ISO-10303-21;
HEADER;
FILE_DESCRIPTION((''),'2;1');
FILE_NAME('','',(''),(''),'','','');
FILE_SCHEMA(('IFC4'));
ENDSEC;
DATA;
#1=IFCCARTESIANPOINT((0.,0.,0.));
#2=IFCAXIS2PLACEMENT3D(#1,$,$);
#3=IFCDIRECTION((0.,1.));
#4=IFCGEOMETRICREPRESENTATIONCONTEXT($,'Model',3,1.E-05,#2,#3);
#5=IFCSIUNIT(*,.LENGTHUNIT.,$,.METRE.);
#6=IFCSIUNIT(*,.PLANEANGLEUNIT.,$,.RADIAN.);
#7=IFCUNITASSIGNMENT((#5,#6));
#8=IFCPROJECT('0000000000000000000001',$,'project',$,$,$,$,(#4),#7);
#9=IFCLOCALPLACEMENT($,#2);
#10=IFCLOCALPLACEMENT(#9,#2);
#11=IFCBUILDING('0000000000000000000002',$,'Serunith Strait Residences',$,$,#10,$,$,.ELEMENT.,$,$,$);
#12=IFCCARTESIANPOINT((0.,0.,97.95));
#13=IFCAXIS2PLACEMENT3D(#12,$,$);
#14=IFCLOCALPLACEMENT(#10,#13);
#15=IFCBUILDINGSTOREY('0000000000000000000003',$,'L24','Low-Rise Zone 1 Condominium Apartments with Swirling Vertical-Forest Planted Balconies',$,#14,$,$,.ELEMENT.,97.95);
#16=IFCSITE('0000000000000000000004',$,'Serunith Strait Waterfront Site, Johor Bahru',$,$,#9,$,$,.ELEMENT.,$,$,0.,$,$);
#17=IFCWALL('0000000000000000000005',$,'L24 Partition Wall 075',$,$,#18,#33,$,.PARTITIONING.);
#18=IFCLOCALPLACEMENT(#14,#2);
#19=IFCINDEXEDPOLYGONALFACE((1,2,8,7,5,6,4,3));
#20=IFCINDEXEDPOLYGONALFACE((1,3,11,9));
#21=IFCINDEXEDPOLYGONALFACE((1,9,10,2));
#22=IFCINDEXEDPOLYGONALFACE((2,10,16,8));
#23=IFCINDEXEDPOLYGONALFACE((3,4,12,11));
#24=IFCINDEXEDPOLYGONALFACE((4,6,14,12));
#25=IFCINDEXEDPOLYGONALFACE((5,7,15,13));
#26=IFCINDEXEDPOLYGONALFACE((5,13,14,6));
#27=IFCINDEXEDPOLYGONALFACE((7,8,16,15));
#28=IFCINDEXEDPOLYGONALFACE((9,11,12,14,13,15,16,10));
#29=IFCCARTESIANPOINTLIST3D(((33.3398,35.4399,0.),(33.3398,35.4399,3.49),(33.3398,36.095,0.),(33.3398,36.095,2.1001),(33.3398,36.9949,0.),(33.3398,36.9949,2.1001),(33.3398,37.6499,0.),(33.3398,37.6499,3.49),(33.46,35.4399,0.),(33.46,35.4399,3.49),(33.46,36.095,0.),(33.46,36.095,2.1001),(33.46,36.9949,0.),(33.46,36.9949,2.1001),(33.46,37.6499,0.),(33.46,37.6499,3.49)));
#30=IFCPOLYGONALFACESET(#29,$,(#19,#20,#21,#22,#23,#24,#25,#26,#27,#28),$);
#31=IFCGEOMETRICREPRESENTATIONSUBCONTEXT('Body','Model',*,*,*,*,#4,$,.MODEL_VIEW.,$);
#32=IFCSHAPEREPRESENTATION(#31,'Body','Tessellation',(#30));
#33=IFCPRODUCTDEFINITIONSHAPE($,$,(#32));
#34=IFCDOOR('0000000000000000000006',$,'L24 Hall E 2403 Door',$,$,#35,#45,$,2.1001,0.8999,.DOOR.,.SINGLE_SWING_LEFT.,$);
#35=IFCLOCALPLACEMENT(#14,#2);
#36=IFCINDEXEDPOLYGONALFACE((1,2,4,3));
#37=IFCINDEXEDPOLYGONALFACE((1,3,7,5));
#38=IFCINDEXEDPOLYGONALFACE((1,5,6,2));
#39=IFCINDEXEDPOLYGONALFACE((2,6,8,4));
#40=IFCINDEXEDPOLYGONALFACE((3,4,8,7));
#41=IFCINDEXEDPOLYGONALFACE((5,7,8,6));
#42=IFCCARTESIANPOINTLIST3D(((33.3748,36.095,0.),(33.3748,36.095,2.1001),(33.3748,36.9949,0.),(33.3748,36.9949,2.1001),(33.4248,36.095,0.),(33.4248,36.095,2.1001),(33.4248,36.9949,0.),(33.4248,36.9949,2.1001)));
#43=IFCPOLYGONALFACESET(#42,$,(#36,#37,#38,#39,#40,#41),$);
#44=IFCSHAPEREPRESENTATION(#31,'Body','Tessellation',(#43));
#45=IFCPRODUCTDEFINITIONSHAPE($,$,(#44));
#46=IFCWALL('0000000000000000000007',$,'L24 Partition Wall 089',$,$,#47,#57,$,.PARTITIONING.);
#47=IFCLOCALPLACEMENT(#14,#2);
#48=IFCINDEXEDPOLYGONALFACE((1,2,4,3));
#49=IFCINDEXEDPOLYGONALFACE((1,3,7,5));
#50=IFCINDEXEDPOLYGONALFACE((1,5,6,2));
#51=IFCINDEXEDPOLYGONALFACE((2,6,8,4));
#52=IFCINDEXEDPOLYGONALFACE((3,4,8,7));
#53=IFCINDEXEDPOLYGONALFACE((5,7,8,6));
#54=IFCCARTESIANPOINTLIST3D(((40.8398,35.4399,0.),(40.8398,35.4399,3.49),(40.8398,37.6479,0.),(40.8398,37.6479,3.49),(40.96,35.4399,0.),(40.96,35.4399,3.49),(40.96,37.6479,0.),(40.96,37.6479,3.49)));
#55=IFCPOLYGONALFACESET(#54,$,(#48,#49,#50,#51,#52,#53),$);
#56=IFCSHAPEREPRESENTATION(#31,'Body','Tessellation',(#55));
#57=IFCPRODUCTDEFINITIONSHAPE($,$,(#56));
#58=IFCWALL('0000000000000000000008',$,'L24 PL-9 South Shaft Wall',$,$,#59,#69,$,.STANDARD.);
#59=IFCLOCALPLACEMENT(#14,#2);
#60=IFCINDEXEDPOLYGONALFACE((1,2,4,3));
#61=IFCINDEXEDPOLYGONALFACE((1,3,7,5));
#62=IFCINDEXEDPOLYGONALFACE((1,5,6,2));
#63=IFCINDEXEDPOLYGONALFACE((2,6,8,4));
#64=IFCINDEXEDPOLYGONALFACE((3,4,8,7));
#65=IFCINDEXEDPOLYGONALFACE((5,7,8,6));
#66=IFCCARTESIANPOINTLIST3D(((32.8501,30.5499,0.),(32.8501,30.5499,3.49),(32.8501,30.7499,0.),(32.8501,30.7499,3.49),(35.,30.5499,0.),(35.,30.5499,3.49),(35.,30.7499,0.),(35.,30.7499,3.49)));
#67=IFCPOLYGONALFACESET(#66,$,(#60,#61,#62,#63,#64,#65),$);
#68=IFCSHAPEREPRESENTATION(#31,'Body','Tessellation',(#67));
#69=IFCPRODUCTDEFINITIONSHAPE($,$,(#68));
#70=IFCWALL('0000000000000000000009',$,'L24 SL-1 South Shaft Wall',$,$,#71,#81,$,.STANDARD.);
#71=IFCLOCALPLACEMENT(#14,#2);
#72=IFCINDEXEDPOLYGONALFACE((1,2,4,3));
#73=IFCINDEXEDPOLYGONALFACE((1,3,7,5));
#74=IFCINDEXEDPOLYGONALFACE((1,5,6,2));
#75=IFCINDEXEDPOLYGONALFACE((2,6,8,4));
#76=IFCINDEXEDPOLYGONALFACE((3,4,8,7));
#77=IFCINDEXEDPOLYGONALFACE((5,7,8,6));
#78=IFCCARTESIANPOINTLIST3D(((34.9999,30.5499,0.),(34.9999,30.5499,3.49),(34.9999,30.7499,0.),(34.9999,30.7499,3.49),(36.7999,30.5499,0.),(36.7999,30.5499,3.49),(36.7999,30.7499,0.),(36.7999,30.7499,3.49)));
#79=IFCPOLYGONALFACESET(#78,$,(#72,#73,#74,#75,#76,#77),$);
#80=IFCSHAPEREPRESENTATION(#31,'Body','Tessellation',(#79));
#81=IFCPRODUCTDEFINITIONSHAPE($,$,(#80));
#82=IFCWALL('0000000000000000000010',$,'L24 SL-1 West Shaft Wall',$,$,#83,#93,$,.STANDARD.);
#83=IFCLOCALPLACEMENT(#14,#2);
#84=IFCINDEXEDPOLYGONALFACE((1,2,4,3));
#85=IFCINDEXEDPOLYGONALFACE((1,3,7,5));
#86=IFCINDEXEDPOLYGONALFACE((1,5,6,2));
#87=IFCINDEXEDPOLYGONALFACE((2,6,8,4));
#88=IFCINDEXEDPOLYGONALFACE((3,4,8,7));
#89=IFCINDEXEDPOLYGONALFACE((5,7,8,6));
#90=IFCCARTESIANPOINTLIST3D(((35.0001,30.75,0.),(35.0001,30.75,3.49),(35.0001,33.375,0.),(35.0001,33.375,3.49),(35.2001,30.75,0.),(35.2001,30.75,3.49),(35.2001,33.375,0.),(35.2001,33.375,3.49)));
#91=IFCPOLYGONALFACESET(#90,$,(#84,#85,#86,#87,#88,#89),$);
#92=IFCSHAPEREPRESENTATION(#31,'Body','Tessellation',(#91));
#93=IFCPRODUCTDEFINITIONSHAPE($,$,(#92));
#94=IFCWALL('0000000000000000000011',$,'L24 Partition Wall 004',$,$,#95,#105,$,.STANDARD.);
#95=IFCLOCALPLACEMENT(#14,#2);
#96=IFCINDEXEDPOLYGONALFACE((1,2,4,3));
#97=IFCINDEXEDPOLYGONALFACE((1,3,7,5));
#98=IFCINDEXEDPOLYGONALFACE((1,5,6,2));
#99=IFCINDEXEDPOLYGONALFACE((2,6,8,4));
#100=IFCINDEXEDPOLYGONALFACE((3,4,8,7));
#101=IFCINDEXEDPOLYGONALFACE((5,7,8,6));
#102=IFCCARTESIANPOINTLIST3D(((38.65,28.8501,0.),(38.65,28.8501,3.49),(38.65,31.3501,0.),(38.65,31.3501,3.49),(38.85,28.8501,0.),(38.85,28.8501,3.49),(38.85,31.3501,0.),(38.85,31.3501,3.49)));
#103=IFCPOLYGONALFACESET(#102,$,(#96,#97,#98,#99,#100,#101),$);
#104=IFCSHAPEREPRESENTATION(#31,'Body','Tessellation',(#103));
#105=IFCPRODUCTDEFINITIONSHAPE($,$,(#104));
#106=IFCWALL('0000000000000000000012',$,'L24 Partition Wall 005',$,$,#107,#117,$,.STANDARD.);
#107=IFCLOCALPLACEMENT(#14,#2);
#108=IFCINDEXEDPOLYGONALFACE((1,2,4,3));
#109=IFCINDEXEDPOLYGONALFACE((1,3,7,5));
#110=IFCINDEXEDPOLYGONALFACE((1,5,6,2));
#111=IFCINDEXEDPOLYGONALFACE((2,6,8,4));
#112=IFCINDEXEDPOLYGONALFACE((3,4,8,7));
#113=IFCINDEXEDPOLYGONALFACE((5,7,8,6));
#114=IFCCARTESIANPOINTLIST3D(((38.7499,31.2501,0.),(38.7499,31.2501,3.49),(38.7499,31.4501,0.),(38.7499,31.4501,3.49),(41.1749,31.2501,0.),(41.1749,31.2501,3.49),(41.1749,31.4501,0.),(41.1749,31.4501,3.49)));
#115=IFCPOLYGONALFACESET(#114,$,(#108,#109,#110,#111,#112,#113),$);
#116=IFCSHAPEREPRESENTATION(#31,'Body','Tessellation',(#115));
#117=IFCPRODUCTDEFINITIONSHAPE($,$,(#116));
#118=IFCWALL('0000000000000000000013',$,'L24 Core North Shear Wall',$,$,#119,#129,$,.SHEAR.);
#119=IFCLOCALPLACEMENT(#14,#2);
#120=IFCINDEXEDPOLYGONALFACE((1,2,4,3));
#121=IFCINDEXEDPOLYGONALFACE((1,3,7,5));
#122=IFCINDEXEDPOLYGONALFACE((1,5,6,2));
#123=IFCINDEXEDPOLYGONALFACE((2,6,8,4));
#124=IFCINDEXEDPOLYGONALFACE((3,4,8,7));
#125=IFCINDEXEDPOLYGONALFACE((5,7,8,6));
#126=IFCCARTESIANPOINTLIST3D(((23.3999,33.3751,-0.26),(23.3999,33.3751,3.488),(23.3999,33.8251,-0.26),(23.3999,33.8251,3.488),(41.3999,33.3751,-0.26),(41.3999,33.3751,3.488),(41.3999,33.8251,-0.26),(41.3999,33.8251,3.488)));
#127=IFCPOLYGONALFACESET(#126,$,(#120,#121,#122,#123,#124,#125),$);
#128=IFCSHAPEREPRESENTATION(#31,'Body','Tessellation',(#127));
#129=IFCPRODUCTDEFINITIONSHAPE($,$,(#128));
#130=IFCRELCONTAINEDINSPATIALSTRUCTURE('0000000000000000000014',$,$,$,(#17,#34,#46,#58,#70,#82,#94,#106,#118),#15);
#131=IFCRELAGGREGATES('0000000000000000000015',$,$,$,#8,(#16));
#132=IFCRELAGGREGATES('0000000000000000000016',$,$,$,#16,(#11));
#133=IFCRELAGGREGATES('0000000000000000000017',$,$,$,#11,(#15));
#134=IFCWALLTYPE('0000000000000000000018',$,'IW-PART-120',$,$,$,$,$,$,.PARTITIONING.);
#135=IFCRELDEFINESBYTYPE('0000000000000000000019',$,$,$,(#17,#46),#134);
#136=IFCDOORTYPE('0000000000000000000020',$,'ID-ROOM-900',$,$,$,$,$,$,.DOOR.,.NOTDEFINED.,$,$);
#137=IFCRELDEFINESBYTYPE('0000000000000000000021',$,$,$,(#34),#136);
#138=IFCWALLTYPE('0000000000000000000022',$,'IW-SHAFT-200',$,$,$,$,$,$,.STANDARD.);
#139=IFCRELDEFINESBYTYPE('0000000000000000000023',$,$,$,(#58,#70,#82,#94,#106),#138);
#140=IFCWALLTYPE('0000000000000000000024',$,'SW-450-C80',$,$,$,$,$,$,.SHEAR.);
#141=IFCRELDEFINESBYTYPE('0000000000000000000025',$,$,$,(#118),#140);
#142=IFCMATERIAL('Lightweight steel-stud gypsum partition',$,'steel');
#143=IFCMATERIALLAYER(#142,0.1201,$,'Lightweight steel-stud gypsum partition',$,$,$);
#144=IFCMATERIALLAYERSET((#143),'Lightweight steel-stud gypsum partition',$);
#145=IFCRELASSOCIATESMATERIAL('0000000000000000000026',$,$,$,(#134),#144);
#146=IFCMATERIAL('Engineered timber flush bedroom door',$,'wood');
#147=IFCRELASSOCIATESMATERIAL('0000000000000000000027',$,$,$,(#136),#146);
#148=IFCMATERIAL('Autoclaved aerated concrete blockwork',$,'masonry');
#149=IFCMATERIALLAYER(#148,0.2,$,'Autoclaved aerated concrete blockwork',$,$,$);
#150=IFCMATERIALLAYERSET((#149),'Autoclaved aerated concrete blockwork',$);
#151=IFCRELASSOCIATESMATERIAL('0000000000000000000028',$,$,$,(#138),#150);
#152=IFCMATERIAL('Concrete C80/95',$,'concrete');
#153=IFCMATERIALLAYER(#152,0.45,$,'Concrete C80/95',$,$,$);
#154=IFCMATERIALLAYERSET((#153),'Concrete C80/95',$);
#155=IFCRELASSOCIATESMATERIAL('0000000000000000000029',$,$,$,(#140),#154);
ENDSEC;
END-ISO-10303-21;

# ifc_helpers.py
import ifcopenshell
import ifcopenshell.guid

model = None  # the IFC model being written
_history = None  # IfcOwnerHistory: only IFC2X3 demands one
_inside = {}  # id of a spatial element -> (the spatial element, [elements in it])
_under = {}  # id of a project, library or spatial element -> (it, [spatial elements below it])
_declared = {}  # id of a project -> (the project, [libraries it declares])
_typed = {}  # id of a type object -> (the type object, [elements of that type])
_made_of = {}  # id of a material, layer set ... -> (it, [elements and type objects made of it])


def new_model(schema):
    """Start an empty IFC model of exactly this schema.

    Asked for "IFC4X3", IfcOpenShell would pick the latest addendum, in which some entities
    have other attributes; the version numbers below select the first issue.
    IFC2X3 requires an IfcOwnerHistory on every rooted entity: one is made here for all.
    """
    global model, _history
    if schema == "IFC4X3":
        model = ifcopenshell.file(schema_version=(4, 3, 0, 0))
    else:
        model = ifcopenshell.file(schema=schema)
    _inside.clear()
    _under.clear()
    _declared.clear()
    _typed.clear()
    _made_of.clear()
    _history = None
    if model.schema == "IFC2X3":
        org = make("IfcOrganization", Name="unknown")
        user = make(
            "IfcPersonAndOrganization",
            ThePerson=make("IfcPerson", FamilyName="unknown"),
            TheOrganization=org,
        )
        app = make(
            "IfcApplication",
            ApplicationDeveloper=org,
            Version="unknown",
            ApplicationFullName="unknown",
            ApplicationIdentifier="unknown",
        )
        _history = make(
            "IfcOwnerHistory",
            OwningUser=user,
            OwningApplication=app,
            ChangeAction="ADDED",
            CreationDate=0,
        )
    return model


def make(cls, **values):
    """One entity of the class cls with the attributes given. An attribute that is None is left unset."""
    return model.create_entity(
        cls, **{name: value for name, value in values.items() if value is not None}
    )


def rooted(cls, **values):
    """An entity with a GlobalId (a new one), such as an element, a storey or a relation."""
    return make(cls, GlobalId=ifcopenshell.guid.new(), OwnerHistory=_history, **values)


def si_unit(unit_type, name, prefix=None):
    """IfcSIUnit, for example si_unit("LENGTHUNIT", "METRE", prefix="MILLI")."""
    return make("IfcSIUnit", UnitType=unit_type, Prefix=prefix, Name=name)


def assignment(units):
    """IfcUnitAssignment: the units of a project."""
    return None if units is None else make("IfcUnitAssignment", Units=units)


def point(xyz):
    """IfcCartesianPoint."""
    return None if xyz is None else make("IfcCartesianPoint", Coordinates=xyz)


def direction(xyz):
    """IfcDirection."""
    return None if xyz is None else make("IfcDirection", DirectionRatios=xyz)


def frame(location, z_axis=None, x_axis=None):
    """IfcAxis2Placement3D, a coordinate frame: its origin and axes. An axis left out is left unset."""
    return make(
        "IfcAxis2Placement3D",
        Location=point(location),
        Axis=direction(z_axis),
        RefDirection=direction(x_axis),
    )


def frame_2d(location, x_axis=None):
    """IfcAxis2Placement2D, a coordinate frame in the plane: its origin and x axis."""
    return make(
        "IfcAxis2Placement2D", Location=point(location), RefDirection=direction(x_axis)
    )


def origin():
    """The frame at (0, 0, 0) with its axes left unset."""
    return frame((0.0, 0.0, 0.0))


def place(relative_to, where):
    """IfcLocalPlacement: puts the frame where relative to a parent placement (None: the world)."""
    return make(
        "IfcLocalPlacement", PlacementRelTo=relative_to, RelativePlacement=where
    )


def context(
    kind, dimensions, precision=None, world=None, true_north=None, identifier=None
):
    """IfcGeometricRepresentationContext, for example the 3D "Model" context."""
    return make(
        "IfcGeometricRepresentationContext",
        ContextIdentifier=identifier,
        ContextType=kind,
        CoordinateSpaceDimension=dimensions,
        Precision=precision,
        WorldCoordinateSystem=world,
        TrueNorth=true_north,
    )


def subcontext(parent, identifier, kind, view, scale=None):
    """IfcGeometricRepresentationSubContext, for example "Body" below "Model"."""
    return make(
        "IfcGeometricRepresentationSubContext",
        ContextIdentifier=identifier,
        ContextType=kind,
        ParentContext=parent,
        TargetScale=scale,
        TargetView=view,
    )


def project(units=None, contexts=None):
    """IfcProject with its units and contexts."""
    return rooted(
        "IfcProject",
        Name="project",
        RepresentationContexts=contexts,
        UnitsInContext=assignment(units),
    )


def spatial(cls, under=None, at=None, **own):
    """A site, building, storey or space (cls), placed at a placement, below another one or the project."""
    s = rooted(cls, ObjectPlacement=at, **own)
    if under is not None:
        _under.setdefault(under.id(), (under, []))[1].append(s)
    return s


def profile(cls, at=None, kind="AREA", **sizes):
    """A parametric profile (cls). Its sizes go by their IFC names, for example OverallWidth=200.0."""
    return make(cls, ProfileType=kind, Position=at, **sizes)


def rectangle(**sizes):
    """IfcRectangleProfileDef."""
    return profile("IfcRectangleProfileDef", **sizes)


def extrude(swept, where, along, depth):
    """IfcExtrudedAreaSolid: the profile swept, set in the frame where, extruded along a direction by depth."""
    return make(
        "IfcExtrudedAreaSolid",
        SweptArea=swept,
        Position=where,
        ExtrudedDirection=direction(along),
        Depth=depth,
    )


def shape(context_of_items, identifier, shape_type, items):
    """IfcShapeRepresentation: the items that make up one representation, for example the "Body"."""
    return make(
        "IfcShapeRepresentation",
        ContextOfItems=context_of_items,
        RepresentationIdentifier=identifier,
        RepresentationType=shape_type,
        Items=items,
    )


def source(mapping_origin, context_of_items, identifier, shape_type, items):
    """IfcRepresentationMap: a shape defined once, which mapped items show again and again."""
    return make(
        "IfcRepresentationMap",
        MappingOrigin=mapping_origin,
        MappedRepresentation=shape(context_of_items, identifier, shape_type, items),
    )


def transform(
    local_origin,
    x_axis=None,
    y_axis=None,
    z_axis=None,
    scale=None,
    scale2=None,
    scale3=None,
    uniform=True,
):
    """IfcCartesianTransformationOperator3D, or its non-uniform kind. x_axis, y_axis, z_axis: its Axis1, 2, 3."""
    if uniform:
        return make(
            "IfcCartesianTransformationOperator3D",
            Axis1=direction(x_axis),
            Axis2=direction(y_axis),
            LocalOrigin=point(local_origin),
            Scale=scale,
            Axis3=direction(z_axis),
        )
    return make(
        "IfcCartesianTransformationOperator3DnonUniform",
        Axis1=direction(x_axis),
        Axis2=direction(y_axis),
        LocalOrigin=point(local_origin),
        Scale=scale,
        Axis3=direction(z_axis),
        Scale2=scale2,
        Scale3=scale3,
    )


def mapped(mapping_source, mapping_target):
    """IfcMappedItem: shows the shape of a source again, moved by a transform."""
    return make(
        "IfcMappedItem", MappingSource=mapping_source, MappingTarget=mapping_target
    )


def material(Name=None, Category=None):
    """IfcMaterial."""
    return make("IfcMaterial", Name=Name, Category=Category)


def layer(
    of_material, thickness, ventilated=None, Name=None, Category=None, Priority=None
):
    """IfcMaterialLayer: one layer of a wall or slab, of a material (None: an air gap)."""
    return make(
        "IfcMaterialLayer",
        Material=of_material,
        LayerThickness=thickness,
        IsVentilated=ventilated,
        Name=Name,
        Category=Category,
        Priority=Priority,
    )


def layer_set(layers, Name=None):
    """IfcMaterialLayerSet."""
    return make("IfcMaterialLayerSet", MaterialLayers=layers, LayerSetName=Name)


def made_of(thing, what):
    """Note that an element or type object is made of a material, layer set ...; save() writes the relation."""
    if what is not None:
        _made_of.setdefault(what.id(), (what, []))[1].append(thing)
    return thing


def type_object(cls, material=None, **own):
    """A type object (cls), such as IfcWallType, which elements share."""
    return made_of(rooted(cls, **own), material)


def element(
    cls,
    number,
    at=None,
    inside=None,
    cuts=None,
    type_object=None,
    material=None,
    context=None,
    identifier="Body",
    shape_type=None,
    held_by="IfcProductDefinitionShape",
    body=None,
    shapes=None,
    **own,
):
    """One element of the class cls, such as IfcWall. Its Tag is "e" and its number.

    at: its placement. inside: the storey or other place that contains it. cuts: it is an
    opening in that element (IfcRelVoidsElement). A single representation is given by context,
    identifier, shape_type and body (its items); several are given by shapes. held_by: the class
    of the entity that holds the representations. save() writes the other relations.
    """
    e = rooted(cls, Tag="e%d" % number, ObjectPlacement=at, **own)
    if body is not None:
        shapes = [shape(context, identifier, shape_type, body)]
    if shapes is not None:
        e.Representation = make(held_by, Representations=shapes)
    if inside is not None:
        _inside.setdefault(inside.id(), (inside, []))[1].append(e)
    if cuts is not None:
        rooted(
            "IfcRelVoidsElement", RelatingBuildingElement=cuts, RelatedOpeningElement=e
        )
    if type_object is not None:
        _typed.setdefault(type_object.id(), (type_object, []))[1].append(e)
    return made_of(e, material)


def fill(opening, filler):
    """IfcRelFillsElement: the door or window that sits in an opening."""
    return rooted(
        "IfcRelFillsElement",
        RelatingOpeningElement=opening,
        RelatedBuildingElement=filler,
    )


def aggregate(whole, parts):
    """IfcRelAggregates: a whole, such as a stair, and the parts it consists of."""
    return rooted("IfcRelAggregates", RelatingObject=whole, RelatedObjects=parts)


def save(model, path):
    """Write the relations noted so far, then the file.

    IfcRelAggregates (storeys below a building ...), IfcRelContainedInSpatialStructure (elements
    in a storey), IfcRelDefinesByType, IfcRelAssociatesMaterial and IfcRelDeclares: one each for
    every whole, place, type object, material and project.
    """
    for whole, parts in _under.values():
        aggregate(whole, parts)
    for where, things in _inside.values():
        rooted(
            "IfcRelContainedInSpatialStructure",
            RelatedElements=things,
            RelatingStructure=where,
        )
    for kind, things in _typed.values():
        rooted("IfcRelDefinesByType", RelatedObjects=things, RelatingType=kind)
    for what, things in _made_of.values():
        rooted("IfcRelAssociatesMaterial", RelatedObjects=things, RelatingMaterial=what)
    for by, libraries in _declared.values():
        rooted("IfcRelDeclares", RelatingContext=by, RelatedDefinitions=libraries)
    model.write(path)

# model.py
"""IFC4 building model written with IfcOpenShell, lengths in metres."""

from ifc_helpers import new_model, si_unit, direction, frame, frame_2d, origin, place, context, subcontext, project, spatial, rectangle, extrude, source, transform, mapped, material, layer, layer_set, type_object, element, fill, save


model = new_model("IFC4")

# Units and contexts
model_context = context("Model", 3, precision=1e-05, world=origin(), true_north=direction((0.0, 1.0)))
body_context = subcontext(model_context, "Body", "Model", "MODEL_VIEW")
ifc_project = project(units=[si_unit("LENGTHUNIT", "METRE"), si_unit("PLANEANGLEUNIT", "RADIAN")], contexts=[model_context])

# Site, building, storey
site_placement = place(None, origin())
site = spatial("IfcSite", under=ifc_project, at=site_placement, Name="Serunith Strait Waterfront Site, Johor Bahru", CompositionType="ELEMENT", RefElevation=0.0)
building_placement = place(site_placement, origin())
building = spatial("IfcBuilding", under=site, at=building_placement, Name="Serunith Strait Residences", CompositionType="ELEMENT")
storey_placement = place(building_placement, frame((0.0, 0.0, 97.95)))
storey = spatial("IfcBuildingStorey", under=building, at=storey_placement, Name="L24", Description="Low-Rise Zone 1 Condominium Apartments with Swirling Vertical-Forest Planted Balconies", CompositionType="ELEMENT", Elevation=97.95)

# Wall, opening, door
ifc_material_1 = material(Name="Lightweight steel-stud gypsum partition", Category="steel")
ifc_layer_1 = layer(ifc_material_1, 0.1201, Name="Lightweight steel-stud gypsum partition")
ifc_layer_set_1 = layer_set([ifc_layer_1], Name="Lightweight steel-stud gypsum partition")
wall_type_1 = type_object("IfcWallType", Name="IW-PART-120", PredefinedType="PARTITIONING", material=ifc_layer_set_1)
wall_1_placement = place(storey_placement, frame((33.3999, 37.6499, 0.0), z_axis=(0.0, 0.0, 1.0), x_axis=(0.0, -1.0, 0.0)))
wall_1 = element("IfcWall", 1, at=wall_1_placement, inside=storey, type_object=wall_type_1, Name="L24 Partition Wall 075", PredefinedType="PARTITIONING", context=body_context, shape_type="SweptSolid", body=[
    extrude(rectangle(XDim=2.21, YDim=0.1201, at=frame_2d((1.105, 0.0))), origin(), (0.0, 0.0, 1.0), 3.49),
])
opening_1_placement = place(wall_1_placement, frame((0.655, 0.0, 0.0)))
opening_1 = element("IfcOpeningElement", 2, at=opening_1_placement, cuts=wall_1, PredefinedType="OPENING", context=body_context, shape_type="SweptSolid", body=[
    extrude(rectangle(XDim=0.8999, YDim=2.1001, at=frame_2d((0.45, 1.05))), frame((0.0, 0.0701, 0.0), z_axis=(0.0, -1.0, 0.0), x_axis=(1.0, 0.0, 0.0)), (0.0, 0.0, 1.0), 0.1401),
])
ifc_material_2 = material(Name="Engineered timber flush bedroom door", Category="wood")
door_type_1 = type_object("IfcDoorType", Name="ID-ROOM-900", OperationType="NOTDEFINED", PredefinedType="DOOR", material=ifc_material_2)
shared_shape_1 = source(origin(), body_context, "Body", "SweptSolid", [
    extrude(rectangle(XDim=0.8999, YDim=2.1001, at=frame_2d((0.45, 1.05))), frame((0.0, 0.0249, 0.0), z_axis=(0.0, -1.0, 0.0), x_axis=(1.0, 0.0, 0.0)), (0.0, 0.0, 1.0), 0.05),
])
door_1_placement = place(opening_1_placement, origin())
door_1 = element("IfcDoor", 3, at=door_1_placement, inside=storey, type_object=door_type_1, Name="L24 Hall E 2403 Door", OperationType="SINGLE_SWING_LEFT", OverallHeight=2.1001, OverallWidth=0.8999, PredefinedType="DOOR", context=body_context, shape_type="MappedRepresentation", body=[
    mapped(shared_shape_1, transform((0.0, 0.0, 0.0), scale=1.0)),
])
fill(opening_1, door_1)

# Walls
wall_2_placement = place(storey_placement, frame((40.8999, 37.6479, 0.0), z_axis=(0.0, 0.0, 1.0), x_axis=(0.0, -1.0, 0.0)))
element("IfcWall", 4, at=wall_2_placement, inside=storey, type_object=wall_type_1, Name="L24 Partition Wall 089", PredefinedType="PARTITIONING", context=body_context, shape_type="SweptSolid", body=[
    extrude(rectangle(XDim=2.208, YDim=0.1201, at=frame_2d((1.104, 0.0))), origin(), (0.0, 0.0, 1.0), 3.49),
])
ifc_material_3 = material(Name="Autoclaved aerated concrete blockwork", Category="masonry")
ifc_layer_2 = layer(ifc_material_3, 0.2, Name="Autoclaved aerated concrete blockwork")
ifc_layer_set_2 = layer_set([ifc_layer_2], Name="Autoclaved aerated concrete blockwork")
wall_type_2 = type_object("IfcWallType", Name="IW-SHAFT-200", PredefinedType="STANDARD", material=ifc_layer_set_2)
wall_3_placement = place(storey_placement, frame((32.8501, 30.6499, 0.0), z_axis=(0.0, 0.0, 1.0), x_axis=(1.0, 0.0, 0.0)))
element("IfcWall", 5, at=wall_3_placement, inside=storey, type_object=wall_type_2, Name="L24 PL-9 South Shaft Wall", PredefinedType="STANDARD", context=body_context, shape_type="SweptSolid", body=[
    extrude(rectangle(XDim=2.1499, YDim=0.2, at=frame_2d((1.075, 0.0))), origin(), (0.0, 0.0, 1.0), 3.49),
])
wall_4_placement = place(storey_placement, frame((35.0, 30.6499, 0.0), z_axis=(0.0, 0.0, 1.0), x_axis=(1.0, 0.0, 0.0)))
element("IfcWall", 6, at=wall_4_placement, inside=storey, type_object=wall_type_2, Name="L24 SL-1 South Shaft Wall", PredefinedType="STANDARD", context=body_context, shape_type="SweptSolid", body=[
    extrude(rectangle(XDim=1.8, YDim=0.2, at=frame_2d((0.8999, 0.0))), origin(), (0.0, 0.0, 1.0), 3.49),
])
wall_5_placement = place(storey_placement, frame((35.1001, 30.75, 0.0), z_axis=(0.0, 0.0, 1.0), x_axis=(0.0, 1.0, 0.0)))
element("IfcWall", 7, at=wall_5_placement, inside=storey, type_object=wall_type_2, Name="L24 SL-1 West Shaft Wall", PredefinedType="STANDARD", context=body_context, shape_type="SweptSolid", body=[
    extrude(rectangle(XDim=2.625, YDim=0.2, at=frame_2d((1.3125, 0.0))), origin(), (0.0, 0.0, 1.0), 3.49),
])
wall_6_placement = place(storey_placement, frame((38.75, 28.8501, 0.0), z_axis=(0.0, 0.0, 1.0), x_axis=(0.0, 1.0, 0.0)))
element("IfcWall", 8, at=wall_6_placement, inside=storey, type_object=wall_type_2, Name="L24 Partition Wall 004", PredefinedType="STANDARD", context=body_context, shape_type="SweptSolid", body=[
    extrude(rectangle(XDim=2.5, YDim=0.2, at=frame_2d((1.25, 0.0))), origin(), (0.0, 0.0, 1.0), 3.49),
])
wall_7_placement = place(storey_placement, frame((38.75, 31.3501, 0.0), z_axis=(0.0, 0.0, 1.0), x_axis=(1.0, 0.0, 0.0)))
element("IfcWall", 9, at=wall_7_placement, inside=storey, type_object=wall_type_2, Name="L24 Partition Wall 005", PredefinedType="STANDARD", context=body_context, shape_type="SweptSolid", body=[
    extrude(rectangle(XDim=2.425, YDim=0.2, at=frame_2d((1.2124, 0.0))), origin(), (0.0, 0.0, 1.0), 3.49),
])
ifc_material_4 = material(Name="Concrete C80/95", Category="concrete")
ifc_layer_3 = layer(ifc_material_4, 0.45, Name="Concrete C80/95")
ifc_layer_set_3 = layer_set([ifc_layer_3], Name="Concrete C80/95")
wall_type_3 = type_object("IfcWallType", Name="SW-450-C80", PredefinedType="SHEAR", material=ifc_layer_set_3)
wall_8_placement = place(storey_placement, frame((41.3999, 33.6001, -0.26), z_axis=(0.0, 0.0, 1.0), x_axis=(-1.0, 0.0, 0.0)))
element("IfcWall", 10, at=wall_8_placement, inside=storey, type_object=wall_type_3, Name="L24 Core North Shear Wall", PredefinedType="SHEAR", context=body_context, shape_type="SweptSolid", body=[
    extrude(rectangle(XDim=18.0, YDim=0.45, at=frame_2d((9.0, 0.0))), origin(), (0.0, 0.0, 1.0), 3.748),
])

save(model, "model.ifc")
